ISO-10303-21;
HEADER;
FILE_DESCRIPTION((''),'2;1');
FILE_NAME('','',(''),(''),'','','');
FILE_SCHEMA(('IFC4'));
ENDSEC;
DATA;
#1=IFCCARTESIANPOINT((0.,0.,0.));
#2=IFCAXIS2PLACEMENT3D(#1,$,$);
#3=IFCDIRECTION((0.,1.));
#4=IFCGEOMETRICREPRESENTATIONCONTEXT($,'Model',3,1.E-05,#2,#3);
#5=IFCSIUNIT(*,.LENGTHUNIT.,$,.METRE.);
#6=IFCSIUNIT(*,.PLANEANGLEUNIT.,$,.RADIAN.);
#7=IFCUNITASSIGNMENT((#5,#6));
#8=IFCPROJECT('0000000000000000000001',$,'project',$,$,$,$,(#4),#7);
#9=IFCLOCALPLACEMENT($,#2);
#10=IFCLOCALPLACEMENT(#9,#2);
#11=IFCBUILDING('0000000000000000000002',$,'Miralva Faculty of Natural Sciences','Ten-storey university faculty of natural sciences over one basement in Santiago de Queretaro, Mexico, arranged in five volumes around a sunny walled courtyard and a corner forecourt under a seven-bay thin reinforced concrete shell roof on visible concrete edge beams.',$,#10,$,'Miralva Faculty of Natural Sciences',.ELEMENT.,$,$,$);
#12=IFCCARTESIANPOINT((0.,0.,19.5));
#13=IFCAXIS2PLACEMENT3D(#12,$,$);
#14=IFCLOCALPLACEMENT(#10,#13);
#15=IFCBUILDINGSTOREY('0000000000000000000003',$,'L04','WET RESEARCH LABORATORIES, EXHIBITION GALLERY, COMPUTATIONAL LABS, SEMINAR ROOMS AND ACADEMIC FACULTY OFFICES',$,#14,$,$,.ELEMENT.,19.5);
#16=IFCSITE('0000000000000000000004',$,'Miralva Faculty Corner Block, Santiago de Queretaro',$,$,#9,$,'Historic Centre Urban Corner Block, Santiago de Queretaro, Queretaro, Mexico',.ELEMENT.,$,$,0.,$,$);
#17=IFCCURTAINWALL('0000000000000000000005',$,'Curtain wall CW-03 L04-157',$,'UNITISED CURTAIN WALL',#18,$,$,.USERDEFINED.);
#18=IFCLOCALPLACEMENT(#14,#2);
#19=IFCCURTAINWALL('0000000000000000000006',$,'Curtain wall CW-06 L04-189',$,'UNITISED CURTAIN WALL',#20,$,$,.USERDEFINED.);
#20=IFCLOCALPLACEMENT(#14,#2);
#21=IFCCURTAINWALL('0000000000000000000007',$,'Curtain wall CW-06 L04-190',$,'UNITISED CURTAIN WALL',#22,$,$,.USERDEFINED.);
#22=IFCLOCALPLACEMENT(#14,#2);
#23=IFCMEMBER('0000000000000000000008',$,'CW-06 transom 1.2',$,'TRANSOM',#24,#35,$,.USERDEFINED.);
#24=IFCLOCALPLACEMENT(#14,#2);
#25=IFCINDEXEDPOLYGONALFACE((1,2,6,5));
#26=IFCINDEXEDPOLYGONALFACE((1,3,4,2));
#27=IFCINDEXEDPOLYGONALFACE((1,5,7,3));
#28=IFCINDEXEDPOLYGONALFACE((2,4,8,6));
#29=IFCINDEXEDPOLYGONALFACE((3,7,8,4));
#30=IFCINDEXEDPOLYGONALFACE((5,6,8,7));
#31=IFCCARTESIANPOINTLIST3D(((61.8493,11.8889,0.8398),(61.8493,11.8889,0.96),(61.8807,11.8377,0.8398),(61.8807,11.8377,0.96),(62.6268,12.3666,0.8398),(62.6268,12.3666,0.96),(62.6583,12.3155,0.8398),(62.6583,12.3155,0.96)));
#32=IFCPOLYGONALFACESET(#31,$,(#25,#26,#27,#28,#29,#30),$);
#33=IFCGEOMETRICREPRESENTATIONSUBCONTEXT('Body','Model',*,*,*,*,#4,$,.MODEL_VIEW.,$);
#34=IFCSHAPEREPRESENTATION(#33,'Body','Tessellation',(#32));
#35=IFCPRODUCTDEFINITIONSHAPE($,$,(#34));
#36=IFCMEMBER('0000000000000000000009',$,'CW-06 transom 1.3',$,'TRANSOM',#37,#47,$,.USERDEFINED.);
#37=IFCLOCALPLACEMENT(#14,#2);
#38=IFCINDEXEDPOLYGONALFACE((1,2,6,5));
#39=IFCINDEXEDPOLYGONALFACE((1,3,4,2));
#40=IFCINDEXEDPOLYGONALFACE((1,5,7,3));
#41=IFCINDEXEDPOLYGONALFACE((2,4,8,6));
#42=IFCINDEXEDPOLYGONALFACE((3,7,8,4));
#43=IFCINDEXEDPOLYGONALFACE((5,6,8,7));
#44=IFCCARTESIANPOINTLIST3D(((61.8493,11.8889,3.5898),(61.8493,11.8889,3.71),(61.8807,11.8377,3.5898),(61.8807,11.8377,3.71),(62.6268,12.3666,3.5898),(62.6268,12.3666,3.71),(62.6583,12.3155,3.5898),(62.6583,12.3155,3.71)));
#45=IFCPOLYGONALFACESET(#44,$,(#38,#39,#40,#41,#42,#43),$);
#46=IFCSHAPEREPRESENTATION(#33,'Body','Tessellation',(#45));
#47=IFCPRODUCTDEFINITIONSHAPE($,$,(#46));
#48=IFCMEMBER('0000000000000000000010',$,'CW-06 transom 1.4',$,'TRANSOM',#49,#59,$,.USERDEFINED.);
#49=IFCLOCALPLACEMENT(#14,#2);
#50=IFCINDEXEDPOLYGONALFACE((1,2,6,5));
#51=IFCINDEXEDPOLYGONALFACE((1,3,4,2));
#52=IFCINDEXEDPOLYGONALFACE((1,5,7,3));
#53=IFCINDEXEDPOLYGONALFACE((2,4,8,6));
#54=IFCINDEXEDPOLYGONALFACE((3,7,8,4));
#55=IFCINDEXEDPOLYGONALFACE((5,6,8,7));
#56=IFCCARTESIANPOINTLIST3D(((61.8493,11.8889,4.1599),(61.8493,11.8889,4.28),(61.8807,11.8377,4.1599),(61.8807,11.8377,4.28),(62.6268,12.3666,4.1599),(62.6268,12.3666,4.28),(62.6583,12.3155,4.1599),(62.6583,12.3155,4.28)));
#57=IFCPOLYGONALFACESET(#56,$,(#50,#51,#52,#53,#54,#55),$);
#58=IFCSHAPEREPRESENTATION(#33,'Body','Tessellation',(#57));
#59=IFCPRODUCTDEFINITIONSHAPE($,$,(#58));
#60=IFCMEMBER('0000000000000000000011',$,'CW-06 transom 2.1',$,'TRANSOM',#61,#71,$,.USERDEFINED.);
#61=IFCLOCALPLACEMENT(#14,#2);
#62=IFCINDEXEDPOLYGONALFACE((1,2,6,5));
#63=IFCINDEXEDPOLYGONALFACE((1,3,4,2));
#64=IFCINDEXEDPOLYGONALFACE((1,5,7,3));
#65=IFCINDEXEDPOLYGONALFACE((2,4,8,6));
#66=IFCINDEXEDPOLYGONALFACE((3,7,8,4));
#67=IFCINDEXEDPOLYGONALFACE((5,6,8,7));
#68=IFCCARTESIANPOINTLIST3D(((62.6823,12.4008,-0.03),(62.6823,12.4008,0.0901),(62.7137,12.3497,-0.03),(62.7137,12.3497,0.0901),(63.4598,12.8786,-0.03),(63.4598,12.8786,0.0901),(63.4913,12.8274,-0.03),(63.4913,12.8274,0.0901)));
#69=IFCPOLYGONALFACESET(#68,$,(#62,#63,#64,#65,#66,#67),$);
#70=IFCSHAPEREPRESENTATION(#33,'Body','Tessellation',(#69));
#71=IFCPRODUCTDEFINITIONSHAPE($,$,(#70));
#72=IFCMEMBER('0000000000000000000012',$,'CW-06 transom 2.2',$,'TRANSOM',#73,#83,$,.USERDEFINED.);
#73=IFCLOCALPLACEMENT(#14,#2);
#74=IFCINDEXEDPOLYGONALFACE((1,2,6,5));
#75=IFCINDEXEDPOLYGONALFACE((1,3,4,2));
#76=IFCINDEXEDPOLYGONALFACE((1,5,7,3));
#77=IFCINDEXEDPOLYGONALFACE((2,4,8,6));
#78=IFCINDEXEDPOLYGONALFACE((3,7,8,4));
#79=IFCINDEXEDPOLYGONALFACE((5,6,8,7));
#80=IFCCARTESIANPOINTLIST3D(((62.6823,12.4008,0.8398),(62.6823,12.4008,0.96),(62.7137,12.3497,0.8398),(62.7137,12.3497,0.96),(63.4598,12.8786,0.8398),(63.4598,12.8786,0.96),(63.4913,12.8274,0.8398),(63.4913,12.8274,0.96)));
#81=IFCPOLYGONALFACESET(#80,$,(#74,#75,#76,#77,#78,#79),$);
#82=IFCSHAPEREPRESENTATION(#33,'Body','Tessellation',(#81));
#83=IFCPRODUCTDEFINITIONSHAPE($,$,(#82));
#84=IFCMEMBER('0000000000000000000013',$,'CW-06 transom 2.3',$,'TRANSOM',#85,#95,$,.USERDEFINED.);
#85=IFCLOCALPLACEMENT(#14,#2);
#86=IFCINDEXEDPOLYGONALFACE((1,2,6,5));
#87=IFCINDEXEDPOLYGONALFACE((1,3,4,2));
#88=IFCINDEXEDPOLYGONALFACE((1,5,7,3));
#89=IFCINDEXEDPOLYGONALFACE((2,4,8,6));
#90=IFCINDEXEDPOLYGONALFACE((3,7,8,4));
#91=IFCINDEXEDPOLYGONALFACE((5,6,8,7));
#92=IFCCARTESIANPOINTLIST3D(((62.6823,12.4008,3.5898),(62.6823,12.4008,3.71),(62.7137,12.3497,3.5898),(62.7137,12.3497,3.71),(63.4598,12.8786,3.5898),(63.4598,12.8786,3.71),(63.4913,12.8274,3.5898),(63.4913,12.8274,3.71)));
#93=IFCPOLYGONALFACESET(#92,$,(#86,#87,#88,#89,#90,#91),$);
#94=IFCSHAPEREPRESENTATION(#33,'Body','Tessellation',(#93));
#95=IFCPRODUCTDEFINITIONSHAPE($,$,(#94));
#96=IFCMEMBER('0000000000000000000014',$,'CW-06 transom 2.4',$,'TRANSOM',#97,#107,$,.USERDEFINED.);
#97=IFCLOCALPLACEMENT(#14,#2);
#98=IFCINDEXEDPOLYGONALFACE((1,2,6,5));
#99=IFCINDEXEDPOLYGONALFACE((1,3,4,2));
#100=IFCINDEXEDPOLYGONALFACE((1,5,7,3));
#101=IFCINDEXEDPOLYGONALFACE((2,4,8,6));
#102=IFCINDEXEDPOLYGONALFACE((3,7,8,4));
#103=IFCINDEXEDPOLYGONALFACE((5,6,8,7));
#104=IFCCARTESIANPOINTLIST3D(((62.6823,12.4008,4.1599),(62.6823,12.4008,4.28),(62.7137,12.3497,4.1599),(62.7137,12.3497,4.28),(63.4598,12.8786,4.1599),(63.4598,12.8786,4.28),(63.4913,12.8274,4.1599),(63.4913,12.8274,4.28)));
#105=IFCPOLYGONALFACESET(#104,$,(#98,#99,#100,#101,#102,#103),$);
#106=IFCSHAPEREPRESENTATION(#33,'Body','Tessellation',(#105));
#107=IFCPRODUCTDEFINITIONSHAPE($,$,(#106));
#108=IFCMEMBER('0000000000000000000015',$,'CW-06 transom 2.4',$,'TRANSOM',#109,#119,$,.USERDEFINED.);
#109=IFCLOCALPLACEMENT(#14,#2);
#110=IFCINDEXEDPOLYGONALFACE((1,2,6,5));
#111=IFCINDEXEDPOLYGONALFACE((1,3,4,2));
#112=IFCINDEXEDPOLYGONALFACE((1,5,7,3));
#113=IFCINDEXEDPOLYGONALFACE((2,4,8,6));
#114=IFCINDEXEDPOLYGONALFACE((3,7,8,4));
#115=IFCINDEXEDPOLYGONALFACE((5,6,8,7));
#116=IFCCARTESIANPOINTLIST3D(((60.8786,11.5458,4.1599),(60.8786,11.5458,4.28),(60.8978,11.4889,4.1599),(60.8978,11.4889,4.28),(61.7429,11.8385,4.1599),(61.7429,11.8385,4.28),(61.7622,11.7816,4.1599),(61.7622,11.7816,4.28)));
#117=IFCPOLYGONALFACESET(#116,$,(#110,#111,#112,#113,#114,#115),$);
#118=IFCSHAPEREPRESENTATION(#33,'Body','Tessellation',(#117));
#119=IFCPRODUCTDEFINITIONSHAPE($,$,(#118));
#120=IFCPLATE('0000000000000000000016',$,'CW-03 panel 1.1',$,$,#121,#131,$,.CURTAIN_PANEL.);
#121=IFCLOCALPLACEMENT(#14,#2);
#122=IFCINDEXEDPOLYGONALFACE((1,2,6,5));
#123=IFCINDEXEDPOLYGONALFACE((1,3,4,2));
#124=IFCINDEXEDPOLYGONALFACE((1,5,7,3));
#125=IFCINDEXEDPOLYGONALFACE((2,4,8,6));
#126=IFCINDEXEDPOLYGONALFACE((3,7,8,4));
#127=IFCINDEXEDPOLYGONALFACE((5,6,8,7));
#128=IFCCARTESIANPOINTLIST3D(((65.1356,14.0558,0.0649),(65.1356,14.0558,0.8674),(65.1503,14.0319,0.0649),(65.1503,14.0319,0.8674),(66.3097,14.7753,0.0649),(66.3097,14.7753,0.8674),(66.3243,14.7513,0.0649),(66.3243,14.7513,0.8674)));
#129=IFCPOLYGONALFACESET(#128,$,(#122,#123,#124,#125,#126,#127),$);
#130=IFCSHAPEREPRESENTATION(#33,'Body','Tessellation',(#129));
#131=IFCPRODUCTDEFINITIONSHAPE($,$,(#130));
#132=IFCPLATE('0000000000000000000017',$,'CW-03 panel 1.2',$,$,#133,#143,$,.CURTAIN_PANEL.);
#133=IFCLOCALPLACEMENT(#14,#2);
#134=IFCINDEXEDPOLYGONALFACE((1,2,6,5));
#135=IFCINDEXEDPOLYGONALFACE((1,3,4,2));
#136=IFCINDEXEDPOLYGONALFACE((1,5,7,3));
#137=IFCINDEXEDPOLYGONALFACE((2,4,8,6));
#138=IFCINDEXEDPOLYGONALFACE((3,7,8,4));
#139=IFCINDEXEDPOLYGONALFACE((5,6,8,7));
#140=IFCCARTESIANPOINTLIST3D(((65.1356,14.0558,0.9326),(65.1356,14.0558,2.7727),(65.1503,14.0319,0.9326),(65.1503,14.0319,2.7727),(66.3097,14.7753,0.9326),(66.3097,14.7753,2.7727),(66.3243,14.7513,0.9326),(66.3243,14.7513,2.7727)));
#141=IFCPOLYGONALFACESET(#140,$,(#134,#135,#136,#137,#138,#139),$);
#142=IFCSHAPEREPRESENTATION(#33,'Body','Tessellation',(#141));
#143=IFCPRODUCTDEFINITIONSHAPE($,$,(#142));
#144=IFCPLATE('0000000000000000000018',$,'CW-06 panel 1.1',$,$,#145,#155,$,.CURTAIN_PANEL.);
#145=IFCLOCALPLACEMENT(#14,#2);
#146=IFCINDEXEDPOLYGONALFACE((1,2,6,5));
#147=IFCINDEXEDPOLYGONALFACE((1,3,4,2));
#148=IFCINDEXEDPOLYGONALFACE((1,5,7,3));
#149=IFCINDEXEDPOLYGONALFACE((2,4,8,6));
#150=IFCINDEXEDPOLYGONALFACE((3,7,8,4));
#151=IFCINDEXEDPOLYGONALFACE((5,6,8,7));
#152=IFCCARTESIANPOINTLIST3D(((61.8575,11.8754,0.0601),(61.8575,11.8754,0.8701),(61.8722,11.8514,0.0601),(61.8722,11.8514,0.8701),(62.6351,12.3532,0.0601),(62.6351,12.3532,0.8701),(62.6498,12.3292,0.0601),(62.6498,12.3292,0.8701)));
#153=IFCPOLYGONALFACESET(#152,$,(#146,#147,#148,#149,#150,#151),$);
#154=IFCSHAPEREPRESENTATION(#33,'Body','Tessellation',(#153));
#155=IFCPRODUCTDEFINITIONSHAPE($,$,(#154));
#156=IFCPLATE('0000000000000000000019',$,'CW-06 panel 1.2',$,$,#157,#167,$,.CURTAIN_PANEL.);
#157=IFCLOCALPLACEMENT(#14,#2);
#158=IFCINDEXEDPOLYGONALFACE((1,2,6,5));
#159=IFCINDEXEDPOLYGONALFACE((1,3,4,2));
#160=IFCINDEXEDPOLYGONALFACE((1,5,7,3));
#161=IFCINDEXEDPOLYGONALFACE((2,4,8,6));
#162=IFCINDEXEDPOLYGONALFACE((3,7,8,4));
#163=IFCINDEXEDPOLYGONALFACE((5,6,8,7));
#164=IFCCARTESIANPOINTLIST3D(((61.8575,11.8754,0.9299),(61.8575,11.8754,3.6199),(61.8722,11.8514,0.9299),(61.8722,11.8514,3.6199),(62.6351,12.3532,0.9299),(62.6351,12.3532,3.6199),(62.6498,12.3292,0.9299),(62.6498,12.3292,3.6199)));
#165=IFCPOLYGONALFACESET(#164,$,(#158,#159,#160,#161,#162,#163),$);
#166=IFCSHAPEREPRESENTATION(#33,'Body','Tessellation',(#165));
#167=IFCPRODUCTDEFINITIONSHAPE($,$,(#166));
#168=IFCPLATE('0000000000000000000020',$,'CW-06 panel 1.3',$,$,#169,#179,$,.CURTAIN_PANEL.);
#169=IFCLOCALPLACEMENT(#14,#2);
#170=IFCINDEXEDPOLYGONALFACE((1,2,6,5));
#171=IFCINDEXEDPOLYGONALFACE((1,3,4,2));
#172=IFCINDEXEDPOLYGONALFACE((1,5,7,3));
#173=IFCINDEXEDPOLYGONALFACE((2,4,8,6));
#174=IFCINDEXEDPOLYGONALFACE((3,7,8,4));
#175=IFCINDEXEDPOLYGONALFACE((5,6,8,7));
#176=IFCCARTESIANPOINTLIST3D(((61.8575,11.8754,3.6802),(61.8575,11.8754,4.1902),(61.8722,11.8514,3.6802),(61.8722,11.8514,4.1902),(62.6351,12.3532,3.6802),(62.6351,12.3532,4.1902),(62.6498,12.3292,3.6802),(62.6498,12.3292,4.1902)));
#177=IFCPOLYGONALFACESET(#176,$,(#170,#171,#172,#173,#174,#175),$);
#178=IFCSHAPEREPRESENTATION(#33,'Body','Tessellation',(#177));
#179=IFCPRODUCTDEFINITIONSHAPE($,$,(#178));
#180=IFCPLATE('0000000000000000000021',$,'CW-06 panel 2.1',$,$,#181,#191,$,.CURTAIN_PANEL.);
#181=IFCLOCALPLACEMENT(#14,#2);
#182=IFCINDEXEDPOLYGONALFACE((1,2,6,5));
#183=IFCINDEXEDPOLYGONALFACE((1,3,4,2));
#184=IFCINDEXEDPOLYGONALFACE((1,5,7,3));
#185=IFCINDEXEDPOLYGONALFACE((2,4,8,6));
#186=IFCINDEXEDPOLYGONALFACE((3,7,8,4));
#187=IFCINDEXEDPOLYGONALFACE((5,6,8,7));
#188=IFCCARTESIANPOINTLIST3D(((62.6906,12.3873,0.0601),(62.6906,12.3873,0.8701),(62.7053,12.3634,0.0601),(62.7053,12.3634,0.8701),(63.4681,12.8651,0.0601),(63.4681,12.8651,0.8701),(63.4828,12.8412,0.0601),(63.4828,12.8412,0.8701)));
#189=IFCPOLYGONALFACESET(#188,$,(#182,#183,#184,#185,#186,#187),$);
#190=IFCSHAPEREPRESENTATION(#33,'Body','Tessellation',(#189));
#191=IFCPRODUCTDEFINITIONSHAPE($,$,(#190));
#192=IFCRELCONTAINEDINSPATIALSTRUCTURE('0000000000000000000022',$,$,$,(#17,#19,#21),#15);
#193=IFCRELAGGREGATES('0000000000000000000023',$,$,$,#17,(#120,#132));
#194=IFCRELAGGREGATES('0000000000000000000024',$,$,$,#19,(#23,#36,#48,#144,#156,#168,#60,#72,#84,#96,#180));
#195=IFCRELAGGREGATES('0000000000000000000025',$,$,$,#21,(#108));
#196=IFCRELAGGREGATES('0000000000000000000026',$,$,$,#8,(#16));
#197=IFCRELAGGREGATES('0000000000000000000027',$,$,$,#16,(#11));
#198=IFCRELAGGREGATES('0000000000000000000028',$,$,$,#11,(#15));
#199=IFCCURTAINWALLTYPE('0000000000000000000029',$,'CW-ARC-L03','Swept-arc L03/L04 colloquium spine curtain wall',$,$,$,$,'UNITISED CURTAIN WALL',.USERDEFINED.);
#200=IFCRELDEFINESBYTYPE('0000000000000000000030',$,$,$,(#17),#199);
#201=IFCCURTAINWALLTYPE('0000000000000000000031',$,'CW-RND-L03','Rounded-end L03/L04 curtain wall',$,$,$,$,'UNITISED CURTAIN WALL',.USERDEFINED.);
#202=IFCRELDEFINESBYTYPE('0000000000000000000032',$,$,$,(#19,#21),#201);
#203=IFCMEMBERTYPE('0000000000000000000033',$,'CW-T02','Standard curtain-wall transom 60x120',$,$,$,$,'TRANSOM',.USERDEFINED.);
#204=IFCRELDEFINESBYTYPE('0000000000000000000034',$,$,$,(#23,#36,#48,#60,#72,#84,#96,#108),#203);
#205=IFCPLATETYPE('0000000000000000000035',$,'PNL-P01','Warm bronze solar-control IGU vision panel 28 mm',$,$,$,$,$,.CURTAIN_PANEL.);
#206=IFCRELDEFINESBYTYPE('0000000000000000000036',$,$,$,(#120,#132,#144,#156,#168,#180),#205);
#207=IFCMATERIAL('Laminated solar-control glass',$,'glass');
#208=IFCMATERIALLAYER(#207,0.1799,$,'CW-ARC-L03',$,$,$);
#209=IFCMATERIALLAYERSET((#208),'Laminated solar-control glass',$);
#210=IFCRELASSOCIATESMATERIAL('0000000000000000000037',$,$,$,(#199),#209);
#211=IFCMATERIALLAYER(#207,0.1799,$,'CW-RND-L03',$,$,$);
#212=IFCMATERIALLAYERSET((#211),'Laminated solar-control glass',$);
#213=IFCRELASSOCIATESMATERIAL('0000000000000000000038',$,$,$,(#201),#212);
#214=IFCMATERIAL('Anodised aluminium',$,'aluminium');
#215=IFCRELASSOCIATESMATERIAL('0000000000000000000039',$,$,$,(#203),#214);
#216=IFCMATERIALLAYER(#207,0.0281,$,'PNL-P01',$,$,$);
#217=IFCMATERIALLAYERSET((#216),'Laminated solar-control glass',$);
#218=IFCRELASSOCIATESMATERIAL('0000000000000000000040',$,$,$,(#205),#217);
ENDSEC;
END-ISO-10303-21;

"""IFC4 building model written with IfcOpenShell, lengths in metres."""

from ifc_helpers import new_model, si_unit, direction, frame, origin, origin_2d, place, context, subcontext, project, spatial, rectangle, extrude, material, layer, layer_set, material_profile, profile_set, type_object, element, aggregate, save


model = new_model("IFC4")

# Units and contexts
model_context = context("Model", 3, precision=1e-05, world=origin(), true_north=direction((0.0, 1.0)))
body_context = subcontext(model_context, "Body", "Model", "MODEL_VIEW")
ifc_project = project(units=[si_unit("LENGTHUNIT", "METRE"), si_unit("PLANEANGLEUNIT", "RADIAN")], contexts=[model_context])

# Site, building, storey
site_placement = place(None, origin())
site = spatial("IfcSite", under=ifc_project, at=site_placement, Name="Miralva Faculty Corner Block, Santiago de Queretaro", LongName="Historic Centre Urban Corner Block, Santiago de Queretaro, Queretaro, Mexico", CompositionType="ELEMENT", RefElevation=0.0)
building_placement = place(site_placement, origin())
building = spatial("IfcBuilding", under=site, at=building_placement, Name="Miralva Faculty of Natural Sciences", Description="Ten-storey university faculty of natural sciences over one basement in Santiago de Queretaro, Mexico, arranged in five volumes around a sunny walled courtyard and a corner forecourt under a seven-bay thin reinforced concrete shell roof on visible concrete edge beams.", LongName="Miralva Faculty of Natural Sciences", CompositionType="ELEMENT")
storey_placement = place(building_placement, frame((0.0, 0.0, 19.5)))
storey = spatial("IfcBuildingStorey", under=building, at=storey_placement, Name="L04", Description="WET RESEARCH LABORATORIES, EXHIBITION GALLERY, COMPUTATIONAL LABS, SEMINAR ROOMS AND ACADEMIC FACULTY OFFICES", CompositionType="ELEMENT", Elevation=19.5)

# Curtain wall
ifc_material_1 = material(Name="Laminated solar-control glass", Category="glass")
ifc_layer_1 = layer(ifc_material_1, 0.1799, Name="CW-ARC-L03")
ifc_layer_set_1 = layer_set([ifc_layer_1], Name="Laminated solar-control glass")
curtain_wall_type_1 = type_object("IfcCurtainWallType", Name="CW-ARC-L03", Description="Swept-arc L03/L04 colloquium spine curtain wall", ElementType="UNITISED CURTAIN WALL", PredefinedType="USERDEFINED", material=ifc_layer_set_1)
curtain_wall_1_placement = place(storey_placement, origin())
curtain_wall_1 = element("IfcCurtainWall", 1, at=curtain_wall_1_placement, inside=storey, type_object=curtain_wall_type_1, Name="Curtain wall CW-03 L04-157", ObjectType="UNITISED CURTAIN WALL", PredefinedType="USERDEFINED")
ifc_material_2 = material(Name="Anodised aluminium", Category="aluminium")

# Curtain wall
ifc_layer_2 = layer(ifc_material_1, 0.1799, Name="CW-RND-L03")
ifc_layer_set_2 = layer_set([ifc_layer_2], Name="Laminated solar-control glass")
curtain_wall_type_2 = type_object("IfcCurtainWallType", Name="CW-RND-L03", Description="Rounded-end L03/L04 curtain wall", ElementType="UNITISED CURTAIN WALL", PredefinedType="USERDEFINED", material=ifc_layer_set_2)
curtain_wall_2_placement = place(storey_placement, origin())
curtain_wall_2 = element("IfcCurtainWall", 2, at=curtain_wall_2_placement, inside=storey, type_object=curtain_wall_type_2, Name="Curtain wall CW-06 L04-189", ObjectType="UNITISED CURTAIN WALL", PredefinedType="USERDEFINED")

# Curtain wall
curtain_wall_3_placement = place(storey_placement, origin())
curtain_wall_3 = element("IfcCurtainWall", 3, at=curtain_wall_3_placement, inside=storey, type_object=curtain_wall_type_2, Name="Curtain wall CW-06 L04-190", ObjectType="UNITISED CURTAIN WALL", PredefinedType="USERDEFINED")

# Members
ifc_material_profile_1 = material_profile(ifc_material_2, rectangle(XDim=0.0601, YDim=0.1201, at=origin_2d()), Name="TRANSOM 60x120")
ifc_profile_set_1 = profile_set([ifc_material_profile_1], Name="Anodised aluminium")
member_type_1 = type_object("IfcMemberType", Name="CW-T02", Description="Standard curtain-wall transom 60x120", ElementType="TRANSOM", PredefinedType="USERDEFINED", material=ifc_profile_set_1)
member_1_placement = place(storey_placement, frame((61.865, 11.8633, 0.8999), z_axis=(0.852016, 0.523515, 0.0), x_axis=(-0.523515, 0.852016, 0.0)))
member_1 = element("IfcMember", 4, at=member_1_placement, type_object=member_type_1, Name="CW-06 transom 1.2", ObjectType="TRANSOM", PredefinedType="USERDEFINED", context=body_context, shape_type="SweptSolid", body=[
    extrude(rectangle(XDim=0.0601, YDim=0.1201, at=origin_2d()), origin(), (0.0, 0.0, 1.0), 0.9126),
])
member_2_placement = place(storey_placement, frame((61.865, 11.8633, 3.6499), z_axis=(0.852016, 0.523515, 0.0), x_axis=(-0.523515, 0.852016, 0.0)))
member_2 = element("IfcMember", 5, at=member_2_placement, type_object=member_type_1, Name="CW-06 transom 1.3", ObjectType="TRANSOM", PredefinedType="USERDEFINED", context=body_context, shape_type="SweptSolid", body=[
    extrude(rectangle(XDim=0.0601, YDim=0.1201, at=origin_2d()), origin(), (0.0, 0.0, 1.0), 0.9126),
])
member_3_placement = place(storey_placement, frame((61.865, 11.8633, 4.22), z_axis=(0.852016, 0.523515, 0.0), x_axis=(-0.523515, 0.852016, 0.0)))
member_3 = element("IfcMember", 6, at=member_3_placement, type_object=member_type_1, Name="CW-06 transom 1.4", ObjectType="TRANSOM", PredefinedType="USERDEFINED", context=body_context, shape_type="SweptSolid", body=[
    extrude(rectangle(XDim=0.0601, YDim=0.1201, at=origin_2d()), origin(), (0.0, 0.0, 1.0), 0.9126),
])
member_4_placement = place(storey_placement, frame((62.698, 12.3752, 0.03), z_axis=(0.852016, 0.523515, 0.0), x_axis=(-0.523515, 0.852016, 0.0)))
member_4 = element("IfcMember", 7, at=member_4_placement, type_object=member_type_1, Name="CW-06 transom 2.1", ObjectType="TRANSOM", PredefinedType="USERDEFINED", context=body_context, shape_type="SweptSolid", body=[
    extrude(rectangle(XDim=0.0601, YDim=0.1201, at=origin_2d()), origin(), (0.0, 0.0, 1.0), 0.9126),
])
member_5_placement = place(storey_placement, frame((62.698, 12.3752, 0.8999), z_axis=(0.852016, 0.523515, 0.0), x_axis=(-0.523515, 0.852016, 0.0)))
member_5 = element("IfcMember", 8, at=member_5_placement, type_object=member_type_1, Name="CW-06 transom 2.2", ObjectType="TRANSOM", PredefinedType="USERDEFINED", context=body_context, shape_type="SweptSolid", body=[
    extrude(rectangle(XDim=0.0601, YDim=0.1201, at=origin_2d()), origin(), (0.0, 0.0, 1.0), 0.9126),
])
member_6_placement = place(storey_placement, frame((62.698, 12.3752, 3.6499), z_axis=(0.852016, 0.523515, 0.0), x_axis=(-0.523515, 0.852016, 0.0)))
member_6 = element("IfcMember", 9, at=member_6_placement, type_object=member_type_1, Name="CW-06 transom 2.3", ObjectType="TRANSOM", PredefinedType="USERDEFINED", context=body_context, shape_type="SweptSolid", body=[
    extrude(rectangle(XDim=0.0601, YDim=0.1201, at=origin_2d()), origin(), (0.0, 0.0, 1.0), 0.9126),
])
member_7_placement = place(storey_placement, frame((62.698, 12.3752, 4.22), z_axis=(0.852016, 0.523515, 0.0), x_axis=(-0.523515, 0.852016, 0.0)))
member_7 = element("IfcMember", 10, at=member_7_placement, type_object=member_type_1, Name="CW-06 transom 2.4", ObjectType="TRANSOM", PredefinedType="USERDEFINED", context=body_context, shape_type="SweptSolid", body=[
    extrude(rectangle(XDim=0.0601, YDim=0.1201, at=origin_2d()), origin(), (0.0, 0.0, 1.0), 0.9126),
])
member_8_placement = place(storey_placement, frame((60.8882, 11.5173, 4.22), z_axis=(0.947175, 0.320718, 0.0), x_axis=(-0.320718, 0.947175, 0.0)))
member_8 = element("IfcMember", 11, at=member_8_placement, type_object=member_type_1, Name="CW-06 transom 2.4", ObjectType="TRANSOM", PredefinedType="USERDEFINED", context=body_context, shape_type="SweptSolid", body=[
    extrude(rectangle(XDim=0.0601, YDim=0.1201, at=origin_2d()), origin(), (0.0, 0.0, 1.0), 0.9126),
])

# Plates
ifc_layer_3 = layer(ifc_material_1, 0.0281, Name="PNL-P01")
ifc_layer_set_3 = layer_set([ifc_layer_3], Name="Laminated solar-control glass")
plate_type = type_object("IfcPlateType", Name="PNL-P01", Description="Warm bronze solar-control IGU vision panel 28 mm", PredefinedType="CURTAIN_PANEL", material=ifc_layer_set_3)
plate_1_placement = place(storey_placement, frame((65.73, 14.4036, 0.0649), z_axis=(0.0, 0.0, 1.0), x_axis=(0.852641, 0.522498, 0.0)))
plate_1 = element("IfcPlate", 12, at=plate_1_placement, type_object=plate_type, Name="CW-03 panel 1.1", PredefinedType="CURTAIN_PANEL", context=body_context, shape_type="SweptSolid", body=[
    extrude(rectangle(XDim=1.377, YDim=0.0281, at=origin_2d()), origin(), (0.0, 0.0, 1.0), 0.8025),
])
plate_2_placement = place(storey_placement, frame((65.73, 14.4036, 0.9326), z_axis=(0.0, 0.0, 1.0), x_axis=(0.852641, 0.522498, 0.0)))
plate_2 = element("IfcPlate", 13, at=plate_2_placement, type_object=plate_type, Name="CW-03 panel 1.2", PredefinedType="CURTAIN_PANEL", context=body_context, shape_type="SweptSolid", body=[
    extrude(rectangle(XDim=1.377, YDim=0.0281, at=origin_2d()), origin(), (0.0, 0.0, 1.0), 1.8401),
])
aggregate(curtain_wall_1, [plate_1, plate_2])
plate_3_placement = place(storey_placement, frame((62.2537, 12.1023, 0.0601), z_axis=(0.0, 0.0, 1.0), x_axis=(0.851995, 0.523551, 0.0)))
plate_3 = element("IfcPlate", 14, at=plate_3_placement, type_object=plate_type, Name="CW-06 panel 1.1", PredefinedType="CURTAIN_PANEL", context=body_context, shape_type="SweptSolid", body=[
    extrude(rectangle(XDim=0.9126, YDim=0.0281, at=origin_2d()), origin(), (0.0, 0.0, 1.0), 0.8101),
])
plate_4_placement = place(storey_placement, frame((62.2537, 12.1023, 0.9299), z_axis=(0.0, 0.0, 1.0), x_axis=(0.851995, 0.523551, 0.0)))
plate_4 = element("IfcPlate", 15, at=plate_4_placement, type_object=plate_type, Name="CW-06 panel 1.2", PredefinedType="CURTAIN_PANEL", context=body_context, shape_type="SweptSolid", body=[
    extrude(rectangle(XDim=0.9126, YDim=0.0281, at=origin_2d()), origin(), (0.0, 0.0, 1.0), 2.6899),
])
plate_5_placement = place(storey_placement, frame((62.2537, 12.1023, 3.6802), z_axis=(0.0, 0.0, 1.0), x_axis=(0.851995, 0.523551, 0.0)))
plate_5 = element("IfcPlate", 16, at=plate_5_placement, type_object=plate_type, Name="CW-06 panel 1.3", PredefinedType="CURTAIN_PANEL", context=body_context, shape_type="SweptSolid", body=[
    extrude(rectangle(XDim=0.9126, YDim=0.0281, at=origin_2d()), origin(), (0.0, 0.0, 1.0), 0.51),
])
plate_6_placement = place(storey_placement, frame((63.0867, 12.6143, 0.0601), z_axis=(0.0, 0.0, 1.0), x_axis=(0.851995, 0.523551, 0.0)))
plate_6 = element("IfcPlate", 17, at=plate_6_placement, type_object=plate_type, Name="CW-06 panel 2.1", PredefinedType="CURTAIN_PANEL", context=body_context, shape_type="SweptSolid", body=[
    extrude(rectangle(XDim=0.9126, YDim=0.0281, at=origin_2d()), origin(), (0.0, 0.0, 1.0), 0.8101),
])
aggregate(curtain_wall_2, [member_1, member_2, member_3, plate_3, plate_4, plate_5, member_4, member_5, member_6, member_7, plate_6])
aggregate(curtain_wall_3, [member_8])

save(model, "model.ifc")
